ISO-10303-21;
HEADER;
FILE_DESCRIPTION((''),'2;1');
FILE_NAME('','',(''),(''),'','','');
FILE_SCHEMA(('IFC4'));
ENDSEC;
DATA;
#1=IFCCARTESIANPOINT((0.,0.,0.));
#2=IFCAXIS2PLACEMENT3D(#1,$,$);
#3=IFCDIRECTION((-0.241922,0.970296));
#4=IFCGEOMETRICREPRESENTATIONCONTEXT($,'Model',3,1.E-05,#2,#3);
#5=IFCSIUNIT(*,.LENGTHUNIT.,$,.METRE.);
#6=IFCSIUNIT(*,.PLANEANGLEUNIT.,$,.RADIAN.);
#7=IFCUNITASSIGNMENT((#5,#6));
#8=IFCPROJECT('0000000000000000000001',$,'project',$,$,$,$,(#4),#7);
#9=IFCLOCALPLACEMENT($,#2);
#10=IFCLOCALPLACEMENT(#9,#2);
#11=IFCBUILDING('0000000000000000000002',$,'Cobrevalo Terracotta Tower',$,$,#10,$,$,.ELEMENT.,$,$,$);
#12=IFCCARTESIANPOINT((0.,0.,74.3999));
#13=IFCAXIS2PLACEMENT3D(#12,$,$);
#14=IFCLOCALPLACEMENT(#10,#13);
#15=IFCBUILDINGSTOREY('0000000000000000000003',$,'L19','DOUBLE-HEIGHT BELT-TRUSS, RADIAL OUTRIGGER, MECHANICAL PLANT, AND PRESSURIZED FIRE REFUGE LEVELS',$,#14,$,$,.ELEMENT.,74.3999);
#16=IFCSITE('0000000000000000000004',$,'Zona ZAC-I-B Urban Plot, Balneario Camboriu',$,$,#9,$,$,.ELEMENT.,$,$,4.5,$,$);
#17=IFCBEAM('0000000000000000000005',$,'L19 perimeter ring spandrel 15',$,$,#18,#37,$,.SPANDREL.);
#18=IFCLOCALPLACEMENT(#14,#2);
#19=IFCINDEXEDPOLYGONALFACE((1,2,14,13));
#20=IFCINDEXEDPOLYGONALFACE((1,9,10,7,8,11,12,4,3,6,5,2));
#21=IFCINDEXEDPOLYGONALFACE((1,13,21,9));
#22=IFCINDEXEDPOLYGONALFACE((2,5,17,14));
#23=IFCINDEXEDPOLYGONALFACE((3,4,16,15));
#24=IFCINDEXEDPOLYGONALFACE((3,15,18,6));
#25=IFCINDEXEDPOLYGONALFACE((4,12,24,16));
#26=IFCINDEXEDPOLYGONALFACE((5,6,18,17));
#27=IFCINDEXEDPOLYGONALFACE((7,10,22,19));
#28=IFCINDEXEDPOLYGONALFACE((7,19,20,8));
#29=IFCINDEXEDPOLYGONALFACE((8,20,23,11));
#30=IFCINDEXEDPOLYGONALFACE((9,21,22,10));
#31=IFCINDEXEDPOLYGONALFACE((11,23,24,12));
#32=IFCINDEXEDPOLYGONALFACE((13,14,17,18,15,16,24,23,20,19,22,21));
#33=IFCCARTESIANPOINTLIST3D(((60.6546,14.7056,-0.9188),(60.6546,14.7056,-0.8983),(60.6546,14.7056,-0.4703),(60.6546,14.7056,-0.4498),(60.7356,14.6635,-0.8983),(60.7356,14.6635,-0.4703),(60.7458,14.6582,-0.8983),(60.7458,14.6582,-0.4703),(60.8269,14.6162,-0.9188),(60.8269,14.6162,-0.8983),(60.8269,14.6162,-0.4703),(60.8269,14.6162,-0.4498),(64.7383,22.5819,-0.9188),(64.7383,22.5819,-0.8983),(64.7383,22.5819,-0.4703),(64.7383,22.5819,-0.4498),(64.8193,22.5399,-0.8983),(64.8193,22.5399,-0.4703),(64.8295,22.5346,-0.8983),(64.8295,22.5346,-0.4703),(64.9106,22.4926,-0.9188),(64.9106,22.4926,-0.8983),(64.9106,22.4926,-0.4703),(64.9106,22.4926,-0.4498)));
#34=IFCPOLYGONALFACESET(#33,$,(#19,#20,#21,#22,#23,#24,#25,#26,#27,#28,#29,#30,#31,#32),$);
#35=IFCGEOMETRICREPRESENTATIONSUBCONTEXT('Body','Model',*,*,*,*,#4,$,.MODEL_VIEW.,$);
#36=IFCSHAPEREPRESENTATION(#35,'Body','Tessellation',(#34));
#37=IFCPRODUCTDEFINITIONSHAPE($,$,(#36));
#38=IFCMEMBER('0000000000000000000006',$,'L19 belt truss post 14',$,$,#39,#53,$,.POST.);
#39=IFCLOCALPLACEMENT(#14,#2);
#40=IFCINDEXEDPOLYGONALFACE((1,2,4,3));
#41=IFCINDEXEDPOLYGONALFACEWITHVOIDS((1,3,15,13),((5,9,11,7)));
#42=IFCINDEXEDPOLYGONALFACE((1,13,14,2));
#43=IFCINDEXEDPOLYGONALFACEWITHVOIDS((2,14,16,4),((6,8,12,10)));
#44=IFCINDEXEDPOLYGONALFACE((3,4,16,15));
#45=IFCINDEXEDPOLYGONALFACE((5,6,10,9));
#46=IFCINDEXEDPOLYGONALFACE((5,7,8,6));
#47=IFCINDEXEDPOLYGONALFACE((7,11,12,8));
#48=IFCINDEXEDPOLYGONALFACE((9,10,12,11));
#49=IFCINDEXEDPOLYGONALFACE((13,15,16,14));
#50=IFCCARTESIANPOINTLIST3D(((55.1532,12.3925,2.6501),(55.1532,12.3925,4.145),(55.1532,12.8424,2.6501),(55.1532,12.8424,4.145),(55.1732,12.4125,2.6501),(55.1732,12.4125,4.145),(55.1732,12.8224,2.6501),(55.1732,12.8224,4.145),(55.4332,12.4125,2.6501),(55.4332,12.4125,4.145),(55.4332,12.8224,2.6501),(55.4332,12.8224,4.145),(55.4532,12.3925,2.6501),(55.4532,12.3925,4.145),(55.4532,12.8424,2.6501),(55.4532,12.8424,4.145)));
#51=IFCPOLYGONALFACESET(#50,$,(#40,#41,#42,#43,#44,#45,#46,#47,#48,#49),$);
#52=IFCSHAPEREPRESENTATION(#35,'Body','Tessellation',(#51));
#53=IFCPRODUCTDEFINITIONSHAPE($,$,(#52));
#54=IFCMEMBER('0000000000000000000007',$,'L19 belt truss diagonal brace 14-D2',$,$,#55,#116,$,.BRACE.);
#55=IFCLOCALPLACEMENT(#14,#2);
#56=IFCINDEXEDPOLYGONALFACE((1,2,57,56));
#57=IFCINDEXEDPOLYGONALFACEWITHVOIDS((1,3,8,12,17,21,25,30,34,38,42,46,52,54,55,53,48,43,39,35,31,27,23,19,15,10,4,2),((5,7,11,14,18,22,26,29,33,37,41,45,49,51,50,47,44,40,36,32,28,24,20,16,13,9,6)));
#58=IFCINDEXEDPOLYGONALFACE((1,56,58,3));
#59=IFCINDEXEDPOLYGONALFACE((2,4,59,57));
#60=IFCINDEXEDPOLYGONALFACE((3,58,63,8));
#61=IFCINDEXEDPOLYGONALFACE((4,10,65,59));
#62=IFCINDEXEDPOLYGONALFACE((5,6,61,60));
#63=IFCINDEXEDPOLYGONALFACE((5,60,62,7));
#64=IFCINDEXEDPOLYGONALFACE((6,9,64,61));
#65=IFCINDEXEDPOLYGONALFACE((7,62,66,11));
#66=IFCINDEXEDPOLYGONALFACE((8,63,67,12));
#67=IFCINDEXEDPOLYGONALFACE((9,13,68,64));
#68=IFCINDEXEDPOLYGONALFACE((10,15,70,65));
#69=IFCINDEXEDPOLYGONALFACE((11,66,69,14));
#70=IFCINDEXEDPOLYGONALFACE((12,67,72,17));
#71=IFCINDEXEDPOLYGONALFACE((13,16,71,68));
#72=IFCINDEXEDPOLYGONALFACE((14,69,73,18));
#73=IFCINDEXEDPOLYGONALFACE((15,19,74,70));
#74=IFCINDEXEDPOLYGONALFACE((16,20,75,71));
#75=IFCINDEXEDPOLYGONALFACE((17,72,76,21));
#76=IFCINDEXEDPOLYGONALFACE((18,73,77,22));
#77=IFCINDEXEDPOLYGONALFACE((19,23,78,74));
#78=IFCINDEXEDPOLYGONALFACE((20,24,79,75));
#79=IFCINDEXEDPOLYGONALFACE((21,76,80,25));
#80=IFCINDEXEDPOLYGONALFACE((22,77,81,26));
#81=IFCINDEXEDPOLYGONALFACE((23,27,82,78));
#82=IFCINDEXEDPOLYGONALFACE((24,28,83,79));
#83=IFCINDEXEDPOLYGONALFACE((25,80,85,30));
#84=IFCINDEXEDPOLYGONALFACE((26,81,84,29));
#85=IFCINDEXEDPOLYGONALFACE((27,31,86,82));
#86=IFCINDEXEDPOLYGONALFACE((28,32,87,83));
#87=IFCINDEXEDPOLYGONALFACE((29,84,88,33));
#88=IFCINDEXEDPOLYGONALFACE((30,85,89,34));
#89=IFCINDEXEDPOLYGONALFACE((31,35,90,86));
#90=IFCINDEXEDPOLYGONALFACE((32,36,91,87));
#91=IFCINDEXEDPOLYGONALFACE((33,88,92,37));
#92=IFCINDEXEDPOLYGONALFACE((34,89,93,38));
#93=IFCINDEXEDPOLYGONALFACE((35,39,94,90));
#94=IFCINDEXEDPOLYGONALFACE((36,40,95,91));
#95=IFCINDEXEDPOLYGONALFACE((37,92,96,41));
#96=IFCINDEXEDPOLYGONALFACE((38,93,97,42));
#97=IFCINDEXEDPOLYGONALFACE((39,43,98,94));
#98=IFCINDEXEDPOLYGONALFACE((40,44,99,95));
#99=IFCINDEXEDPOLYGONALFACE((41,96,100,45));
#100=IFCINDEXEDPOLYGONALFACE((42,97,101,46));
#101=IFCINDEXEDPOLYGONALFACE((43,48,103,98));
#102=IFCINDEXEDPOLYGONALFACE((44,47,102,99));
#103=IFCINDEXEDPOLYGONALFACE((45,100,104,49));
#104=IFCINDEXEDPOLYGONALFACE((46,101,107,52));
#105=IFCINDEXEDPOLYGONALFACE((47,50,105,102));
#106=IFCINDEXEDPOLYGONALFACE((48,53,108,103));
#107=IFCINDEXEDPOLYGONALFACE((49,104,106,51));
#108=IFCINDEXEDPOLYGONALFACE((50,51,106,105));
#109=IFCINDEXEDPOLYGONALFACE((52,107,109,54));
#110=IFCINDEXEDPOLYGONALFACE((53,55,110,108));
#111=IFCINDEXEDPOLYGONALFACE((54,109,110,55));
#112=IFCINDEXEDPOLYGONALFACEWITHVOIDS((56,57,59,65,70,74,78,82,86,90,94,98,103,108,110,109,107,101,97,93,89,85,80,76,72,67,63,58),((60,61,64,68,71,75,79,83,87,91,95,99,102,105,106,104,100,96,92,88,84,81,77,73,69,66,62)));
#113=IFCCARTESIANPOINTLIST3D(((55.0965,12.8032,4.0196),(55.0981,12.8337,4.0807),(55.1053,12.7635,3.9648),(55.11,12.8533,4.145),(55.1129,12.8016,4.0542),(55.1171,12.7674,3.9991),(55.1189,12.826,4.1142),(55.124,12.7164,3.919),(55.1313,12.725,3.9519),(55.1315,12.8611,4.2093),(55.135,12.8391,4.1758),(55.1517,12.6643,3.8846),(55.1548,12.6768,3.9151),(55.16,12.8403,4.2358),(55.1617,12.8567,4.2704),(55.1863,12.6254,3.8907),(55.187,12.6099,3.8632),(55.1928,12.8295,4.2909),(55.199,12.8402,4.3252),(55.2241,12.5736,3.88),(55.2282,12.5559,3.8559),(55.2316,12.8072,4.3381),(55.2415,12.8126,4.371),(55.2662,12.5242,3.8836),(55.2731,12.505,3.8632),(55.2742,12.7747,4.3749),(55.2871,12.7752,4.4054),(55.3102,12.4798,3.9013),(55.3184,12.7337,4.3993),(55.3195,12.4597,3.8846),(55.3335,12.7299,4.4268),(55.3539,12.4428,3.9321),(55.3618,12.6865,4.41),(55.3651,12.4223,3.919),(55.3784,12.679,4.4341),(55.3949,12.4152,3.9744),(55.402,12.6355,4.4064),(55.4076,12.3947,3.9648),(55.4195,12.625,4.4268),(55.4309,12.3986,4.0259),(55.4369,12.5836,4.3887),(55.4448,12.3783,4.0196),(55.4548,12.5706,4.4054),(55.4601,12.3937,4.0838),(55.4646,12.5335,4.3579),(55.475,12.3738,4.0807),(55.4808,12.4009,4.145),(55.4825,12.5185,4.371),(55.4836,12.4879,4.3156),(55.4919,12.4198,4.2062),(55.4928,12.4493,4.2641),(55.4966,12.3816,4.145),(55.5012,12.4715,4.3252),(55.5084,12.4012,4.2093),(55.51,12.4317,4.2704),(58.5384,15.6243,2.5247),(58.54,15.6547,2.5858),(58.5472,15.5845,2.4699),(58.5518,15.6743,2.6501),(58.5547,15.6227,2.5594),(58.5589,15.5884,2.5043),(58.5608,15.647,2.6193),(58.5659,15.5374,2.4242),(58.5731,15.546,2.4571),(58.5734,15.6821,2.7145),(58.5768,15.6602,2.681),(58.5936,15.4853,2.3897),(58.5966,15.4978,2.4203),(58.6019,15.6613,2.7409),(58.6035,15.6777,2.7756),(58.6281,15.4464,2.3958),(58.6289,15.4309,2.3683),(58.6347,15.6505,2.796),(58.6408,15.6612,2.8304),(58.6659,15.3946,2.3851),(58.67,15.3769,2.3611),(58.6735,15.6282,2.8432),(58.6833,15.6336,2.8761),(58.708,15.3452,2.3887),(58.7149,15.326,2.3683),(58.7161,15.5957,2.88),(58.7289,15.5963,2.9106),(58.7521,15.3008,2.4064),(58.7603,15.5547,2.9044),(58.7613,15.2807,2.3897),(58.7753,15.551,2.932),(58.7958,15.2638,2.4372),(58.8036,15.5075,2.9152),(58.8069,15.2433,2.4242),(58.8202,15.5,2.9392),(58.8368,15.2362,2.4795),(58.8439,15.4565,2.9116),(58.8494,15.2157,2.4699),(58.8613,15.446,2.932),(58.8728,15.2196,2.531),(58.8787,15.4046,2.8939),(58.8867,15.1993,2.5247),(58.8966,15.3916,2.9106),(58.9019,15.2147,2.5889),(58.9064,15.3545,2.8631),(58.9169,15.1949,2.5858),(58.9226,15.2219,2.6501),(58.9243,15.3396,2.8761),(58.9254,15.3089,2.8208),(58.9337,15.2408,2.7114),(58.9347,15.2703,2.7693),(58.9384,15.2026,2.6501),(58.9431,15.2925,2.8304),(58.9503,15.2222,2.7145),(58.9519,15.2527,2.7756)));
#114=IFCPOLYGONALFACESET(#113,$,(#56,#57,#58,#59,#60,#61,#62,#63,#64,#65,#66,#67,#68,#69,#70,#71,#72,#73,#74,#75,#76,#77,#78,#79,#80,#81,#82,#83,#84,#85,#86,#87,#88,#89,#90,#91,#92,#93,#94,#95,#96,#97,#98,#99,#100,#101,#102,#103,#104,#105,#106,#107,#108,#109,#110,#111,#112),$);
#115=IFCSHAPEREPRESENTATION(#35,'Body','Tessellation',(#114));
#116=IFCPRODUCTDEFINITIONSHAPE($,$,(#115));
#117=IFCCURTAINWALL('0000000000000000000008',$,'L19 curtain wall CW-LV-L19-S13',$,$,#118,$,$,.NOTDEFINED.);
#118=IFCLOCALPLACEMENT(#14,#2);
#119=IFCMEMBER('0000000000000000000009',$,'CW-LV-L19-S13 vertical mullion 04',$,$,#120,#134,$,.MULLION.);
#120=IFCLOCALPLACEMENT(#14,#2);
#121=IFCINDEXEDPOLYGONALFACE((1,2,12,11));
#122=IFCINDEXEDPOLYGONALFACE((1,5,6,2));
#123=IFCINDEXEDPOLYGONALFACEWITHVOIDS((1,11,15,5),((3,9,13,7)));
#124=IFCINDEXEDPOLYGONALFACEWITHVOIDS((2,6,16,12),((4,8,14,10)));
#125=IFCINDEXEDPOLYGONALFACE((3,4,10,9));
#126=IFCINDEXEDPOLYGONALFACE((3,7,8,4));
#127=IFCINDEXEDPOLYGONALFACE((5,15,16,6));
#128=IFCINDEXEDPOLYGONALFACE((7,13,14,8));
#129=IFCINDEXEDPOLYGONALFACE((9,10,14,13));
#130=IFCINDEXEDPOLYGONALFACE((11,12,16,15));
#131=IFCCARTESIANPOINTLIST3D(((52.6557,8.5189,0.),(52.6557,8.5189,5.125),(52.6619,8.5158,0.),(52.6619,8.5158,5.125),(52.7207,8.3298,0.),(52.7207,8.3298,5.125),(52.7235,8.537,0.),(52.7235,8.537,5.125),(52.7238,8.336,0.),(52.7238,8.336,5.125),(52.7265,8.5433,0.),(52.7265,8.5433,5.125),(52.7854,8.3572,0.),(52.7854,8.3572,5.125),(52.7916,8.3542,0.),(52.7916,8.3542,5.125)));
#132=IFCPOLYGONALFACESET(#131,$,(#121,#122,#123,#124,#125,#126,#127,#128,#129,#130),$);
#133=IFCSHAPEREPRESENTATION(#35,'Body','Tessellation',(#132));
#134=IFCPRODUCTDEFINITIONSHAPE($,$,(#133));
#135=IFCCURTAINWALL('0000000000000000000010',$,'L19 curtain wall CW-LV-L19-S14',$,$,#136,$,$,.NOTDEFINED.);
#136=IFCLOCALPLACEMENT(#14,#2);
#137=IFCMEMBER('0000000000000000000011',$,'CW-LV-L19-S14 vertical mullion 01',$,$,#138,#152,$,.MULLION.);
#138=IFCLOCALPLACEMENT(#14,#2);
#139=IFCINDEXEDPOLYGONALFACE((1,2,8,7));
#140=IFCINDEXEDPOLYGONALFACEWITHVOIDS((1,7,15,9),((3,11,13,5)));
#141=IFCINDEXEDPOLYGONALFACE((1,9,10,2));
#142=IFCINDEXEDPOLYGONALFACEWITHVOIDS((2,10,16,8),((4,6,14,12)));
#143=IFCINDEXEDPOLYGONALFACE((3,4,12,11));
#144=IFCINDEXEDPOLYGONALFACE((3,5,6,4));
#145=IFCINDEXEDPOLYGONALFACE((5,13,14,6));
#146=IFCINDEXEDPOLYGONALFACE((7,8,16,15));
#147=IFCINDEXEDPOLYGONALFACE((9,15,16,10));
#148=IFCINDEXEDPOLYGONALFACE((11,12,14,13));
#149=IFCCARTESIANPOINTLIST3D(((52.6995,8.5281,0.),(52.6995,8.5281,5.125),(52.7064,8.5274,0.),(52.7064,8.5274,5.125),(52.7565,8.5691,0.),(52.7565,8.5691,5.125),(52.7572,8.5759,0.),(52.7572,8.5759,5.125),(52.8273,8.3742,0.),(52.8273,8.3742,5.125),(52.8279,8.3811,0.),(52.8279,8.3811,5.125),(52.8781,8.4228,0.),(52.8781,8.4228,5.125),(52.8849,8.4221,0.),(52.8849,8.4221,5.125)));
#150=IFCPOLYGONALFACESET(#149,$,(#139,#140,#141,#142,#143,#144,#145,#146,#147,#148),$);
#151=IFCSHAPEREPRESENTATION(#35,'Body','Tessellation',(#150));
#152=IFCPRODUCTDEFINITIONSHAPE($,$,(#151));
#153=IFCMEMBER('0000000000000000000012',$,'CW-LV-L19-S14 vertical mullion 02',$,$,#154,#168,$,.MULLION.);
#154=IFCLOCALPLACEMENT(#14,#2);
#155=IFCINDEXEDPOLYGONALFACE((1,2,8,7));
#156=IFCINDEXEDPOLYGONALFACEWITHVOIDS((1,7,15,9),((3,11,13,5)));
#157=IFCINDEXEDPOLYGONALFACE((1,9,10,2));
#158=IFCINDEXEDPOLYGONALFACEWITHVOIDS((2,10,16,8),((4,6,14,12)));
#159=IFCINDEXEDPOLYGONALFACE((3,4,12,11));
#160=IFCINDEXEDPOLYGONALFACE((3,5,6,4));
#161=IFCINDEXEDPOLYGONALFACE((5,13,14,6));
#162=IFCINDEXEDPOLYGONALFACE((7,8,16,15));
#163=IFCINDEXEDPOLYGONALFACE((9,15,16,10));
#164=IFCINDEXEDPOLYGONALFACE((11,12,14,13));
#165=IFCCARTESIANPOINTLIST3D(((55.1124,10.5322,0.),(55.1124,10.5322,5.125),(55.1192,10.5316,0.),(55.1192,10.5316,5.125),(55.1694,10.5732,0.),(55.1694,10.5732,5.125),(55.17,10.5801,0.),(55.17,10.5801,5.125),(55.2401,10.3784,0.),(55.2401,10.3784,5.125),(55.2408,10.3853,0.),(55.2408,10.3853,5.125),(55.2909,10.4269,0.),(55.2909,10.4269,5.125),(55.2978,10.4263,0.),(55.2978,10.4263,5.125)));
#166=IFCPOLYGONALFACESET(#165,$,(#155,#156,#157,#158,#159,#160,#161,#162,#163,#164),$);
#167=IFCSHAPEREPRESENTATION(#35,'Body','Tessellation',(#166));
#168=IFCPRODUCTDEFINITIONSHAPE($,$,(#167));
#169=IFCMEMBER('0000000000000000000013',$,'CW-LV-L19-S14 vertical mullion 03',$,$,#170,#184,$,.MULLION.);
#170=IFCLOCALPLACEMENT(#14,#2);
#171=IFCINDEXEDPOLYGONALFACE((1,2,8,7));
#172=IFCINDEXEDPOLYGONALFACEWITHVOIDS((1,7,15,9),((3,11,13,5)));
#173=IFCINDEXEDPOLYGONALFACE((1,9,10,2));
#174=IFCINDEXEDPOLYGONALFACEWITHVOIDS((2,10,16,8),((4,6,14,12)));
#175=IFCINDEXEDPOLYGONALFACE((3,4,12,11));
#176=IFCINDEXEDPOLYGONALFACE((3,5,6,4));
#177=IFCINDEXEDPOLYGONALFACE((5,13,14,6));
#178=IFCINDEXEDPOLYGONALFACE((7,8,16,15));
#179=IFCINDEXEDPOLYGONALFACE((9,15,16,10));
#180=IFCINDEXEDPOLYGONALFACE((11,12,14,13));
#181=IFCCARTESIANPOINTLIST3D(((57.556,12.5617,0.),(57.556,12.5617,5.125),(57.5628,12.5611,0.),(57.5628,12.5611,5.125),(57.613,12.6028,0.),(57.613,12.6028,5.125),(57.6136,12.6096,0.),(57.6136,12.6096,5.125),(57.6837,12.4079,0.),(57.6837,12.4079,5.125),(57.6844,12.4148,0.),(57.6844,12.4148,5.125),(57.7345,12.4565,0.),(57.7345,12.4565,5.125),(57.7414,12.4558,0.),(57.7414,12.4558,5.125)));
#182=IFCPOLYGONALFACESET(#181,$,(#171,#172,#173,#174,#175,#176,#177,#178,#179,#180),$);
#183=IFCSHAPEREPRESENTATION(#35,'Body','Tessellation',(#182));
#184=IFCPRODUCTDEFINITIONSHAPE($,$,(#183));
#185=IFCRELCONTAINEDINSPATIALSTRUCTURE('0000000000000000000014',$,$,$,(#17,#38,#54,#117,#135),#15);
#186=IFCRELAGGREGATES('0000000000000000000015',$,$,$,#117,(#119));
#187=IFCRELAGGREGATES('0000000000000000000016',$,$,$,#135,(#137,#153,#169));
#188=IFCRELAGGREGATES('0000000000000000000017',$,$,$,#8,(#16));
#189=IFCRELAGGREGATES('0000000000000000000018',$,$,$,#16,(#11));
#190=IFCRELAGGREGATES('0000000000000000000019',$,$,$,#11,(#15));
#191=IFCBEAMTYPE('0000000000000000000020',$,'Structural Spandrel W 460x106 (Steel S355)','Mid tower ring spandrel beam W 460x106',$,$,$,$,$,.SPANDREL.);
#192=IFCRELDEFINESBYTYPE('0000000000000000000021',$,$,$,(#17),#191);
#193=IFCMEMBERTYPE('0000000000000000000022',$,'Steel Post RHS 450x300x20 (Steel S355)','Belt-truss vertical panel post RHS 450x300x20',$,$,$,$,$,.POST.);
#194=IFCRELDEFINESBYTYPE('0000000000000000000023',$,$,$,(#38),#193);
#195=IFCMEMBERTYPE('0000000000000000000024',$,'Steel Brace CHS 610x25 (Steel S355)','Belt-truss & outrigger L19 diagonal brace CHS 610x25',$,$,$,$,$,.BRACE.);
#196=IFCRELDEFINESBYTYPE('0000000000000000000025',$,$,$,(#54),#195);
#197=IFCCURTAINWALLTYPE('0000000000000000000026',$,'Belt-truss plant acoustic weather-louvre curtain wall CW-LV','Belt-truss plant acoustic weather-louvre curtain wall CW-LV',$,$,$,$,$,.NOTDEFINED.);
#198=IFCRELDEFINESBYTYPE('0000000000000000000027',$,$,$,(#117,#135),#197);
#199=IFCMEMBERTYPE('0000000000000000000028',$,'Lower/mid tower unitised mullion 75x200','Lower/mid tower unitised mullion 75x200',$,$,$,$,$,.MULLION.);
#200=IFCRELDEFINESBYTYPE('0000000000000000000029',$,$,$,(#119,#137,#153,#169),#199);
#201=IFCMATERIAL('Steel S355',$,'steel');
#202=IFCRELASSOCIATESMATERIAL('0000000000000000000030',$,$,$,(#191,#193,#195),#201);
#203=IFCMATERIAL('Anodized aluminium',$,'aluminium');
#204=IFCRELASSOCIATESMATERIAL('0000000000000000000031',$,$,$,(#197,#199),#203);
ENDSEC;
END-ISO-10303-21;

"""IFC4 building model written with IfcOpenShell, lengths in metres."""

from ifc_helpers import new_model, si_unit, direction, frame, origin, origin_2d, place, context, subcontext, project, spatial, hollow_rectangle, hollow_circle, i_section, extrude, source, transform, mapped, material, material_profile, profile_set, type_object, element, aggregate, save


model = new_model("IFC4")

# Units and contexts
model_context = context("Model", 3, precision=1e-05, world=origin(), true_north=direction((-0.241922, 0.970296)))
body_context = subcontext(model_context, "Body", "Model", "MODEL_VIEW")
ifc_project = project(units=[si_unit("LENGTHUNIT", "METRE"), si_unit("PLANEANGLEUNIT", "RADIAN")], contexts=[model_context])

# Site, building, storey
site_placement = place(None, origin())
site = spatial("IfcSite", under=ifc_project, at=site_placement, Name="Zona ZAC-I-B Urban Plot, Balneario Camboriu", CompositionType="ELEMENT", RefElevation=4.5)
building_placement = place(site_placement, origin())
building = spatial("IfcBuilding", under=site, at=building_placement, Name="Cobrevalo Terracotta Tower", CompositionType="ELEMENT")
storey_placement = place(building_placement, frame((0.0, 0.0, 74.3999)))
storey = spatial("IfcBuildingStorey", under=building, at=storey_placement, Name="L19", Description="DOUBLE-HEIGHT BELT-TRUSS, RADIAL OUTRIGGER, MECHANICAL PLANT, AND PRESSURIZED FIRE REFUGE LEVELS", CompositionType="ELEMENT", Elevation=74.3999)

# Shared definitions
ifc_material_1 = material(Name="Steel S355", Category="steel")

# Beam
ifc_material_profile_1 = material_profile(ifc_material_1, i_section(OverallWidth=0.1941, OverallDepth=0.469, WebThickness=0.0115, FlangeThickness=0.0205, at=origin_2d()), Name="W 460x106")
ifc_profile_set_1 = profile_set([ifc_material_profile_1], Name="Steel S355")
beam_type_1 = type_object("IfcBeamType", Name="Structural Spandrel W 460x106 (Steel S355)", Description="Mid tower ring spandrel beam W 460x106", PredefinedType="SPANDREL", material=ifc_profile_set_1)
beam_1_placement = place(storey_placement, frame((60.7407, 14.6609, -0.6843), z_axis=(0.460286, 0.887771, 0.0), x_axis=(-0.887771, 0.460286, 0.0)))
element("IfcBeam", 1, at=beam_1_placement, inside=storey, type_object=beam_type_1, Name="L19 perimeter ring spandrel 15", PredefinedType="SPANDREL", context=body_context, shape_type="SweptSolid", body=[
    extrude(i_section(OverallWidth=0.1941, OverallDepth=0.469, WebThickness=0.0115, FlangeThickness=0.0205, at=origin_2d()), origin(), (0.0, 0.0, 1.0), 8.8721),
])

# Members
ifc_material_profile_2 = material_profile(ifc_material_1, hollow_rectangle(XDim=0.3, YDim=0.45, WallThickness=0.02, at=origin_2d()), Name="RHS 450x300x20")
ifc_profile_set_2 = profile_set([ifc_material_profile_2], Name="Steel S355")
member_type_1 = type_object("IfcMemberType", Name="Steel Post RHS 450x300x20 (Steel S355)", Description="Belt-truss vertical panel post RHS 450x300x20", PredefinedType="POST", material=ifc_profile_set_2)
shared_shape_1 = source(origin(), body_context, "Body", "SweptSolid", [
    extrude(hollow_rectangle(XDim=0.3, YDim=0.45, WallThickness=0.02, at=origin_2d()), origin(), (0.0, 0.0, 1.0), 1.4949),
])
member_1_placement = place(storey_placement, frame((55.3032, 12.6174, 2.6501), z_axis=(0.0, 0.0, 1.0), x_axis=(1.0, 0.0, 0.0)))
element("IfcMember", 2, at=member_1_placement, inside=storey, type_object=member_type_1, Name="L19 belt truss post 14", PredefinedType="POST", context=body_context, shape_type="MappedRepresentation", body=[
    mapped(shared_shape_1, transform((0.0, 0.0, 0.0), scale=1.0)),
])
ifc_material_profile_3 = material_profile(ifc_material_1, hollow_circle(Radius=0.3049, WallThickness=0.0249, at=origin_2d()), Name="CHS 610x25")
ifc_profile_set_3 = profile_set([ifc_material_profile_3], Name="Steel S355")
member_type_2 = type_object("IfcMemberType", Name="Steel Brace CHS 610x25 (Steel S355)", Description="Belt-truss & outrigger L19 diagonal brace CHS 610x25", PredefinedType="BRACE", material=ifc_profile_set_3)
shared_shape_2 = source(origin(), body_context, "Body", "SweptSolid", [
    extrude(hollow_circle(Radius=0.3049, WallThickness=0.0249, at=origin_2d()), origin(), (0.0, 0.0, 1.0), 4.6946),
])
member_2_placement = place(storey_placement, frame((58.7451, 15.4385, 2.6501), z_axis=(-0.733155, -0.600909, 0.318422), x_axis=(0.633904, -0.773412, 0.0)))
element("IfcMember", 3, at=member_2_placement, inside=storey, type_object=member_type_2, Name="L19 belt truss diagonal brace 14-D2", PredefinedType="BRACE", context=body_context, shape_type="MappedRepresentation", body=[
    mapped(shared_shape_2, transform((0.0, 0.0, 0.0), scale=1.0)),
])

# Curtain wall, member
ifc_material_2 = material(Name="Anodized aluminium", Category="aluminium")
curtain_wall_type = type_object("IfcCurtainWallType", Name="Belt-truss plant acoustic weather-louvre curtain wall CW-LV", Description="Belt-truss plant acoustic weather-louvre curtain wall CW-LV", PredefinedType="NOTDEFINED", material=ifc_material_2)
curtain_wall_1_placement = place(storey_placement, origin())
curtain_wall_1 = element("IfcCurtainWall", 4, at=curtain_wall_1_placement, inside=storey, type_object=curtain_wall_type, Name="L19 curtain wall CW-LV-L19-S13", PredefinedType="NOTDEFINED")
ifc_material_profile_4 = material_profile(ifc_material_2, hollow_rectangle(XDim=0.075, YDim=0.2, WallThickness=0.0049, at=origin_2d()), Name="CWM 75x200")
ifc_profile_set_4 = profile_set([ifc_material_profile_4], Name="Anodized aluminium")
member_type_3 = type_object("IfcMemberType", Name="Lower/mid tower unitised mullion 75x200", Description="Lower/mid tower unitised mullion 75x200", PredefinedType="MULLION", material=ifc_profile_set_4)
shared_shape_3 = source(origin(), body_context, "Body", "SweptSolid", [
    extrude(hollow_rectangle(XDim=0.075, YDim=0.2, WallThickness=0.0049, at=origin_2d()), origin(), (0.0, 0.0, 1.0), 5.125),
])
member_3_placement = place(storey_placement, frame((52.7236, 8.4365, 0.0), z_axis=(0.0, 0.0, 1.0), x_axis=(0.945598, 0.325337, 0.0)))
member_3 = element("IfcMember", 5, at=member_3_placement, type_object=member_type_3, Name="CW-LV-L19-S13 vertical mullion 04", PredefinedType="MULLION", context=body_context, shape_type="MappedRepresentation", body=[
    mapped(shared_shape_3, transform((0.0, 0.0, 0.0), scale=1.0)),
])
aggregate(curtain_wall_1, [member_3])

# Curtain wall, members
curtain_wall_2_placement = place(storey_placement, origin())
curtain_wall_2 = element("IfcCurtainWall", 6, at=curtain_wall_2_placement, inside=storey, type_object=curtain_wall_type, Name="L19 curtain wall CW-LV-L19-S14", PredefinedType="NOTDEFINED")
member_4_placement = place(storey_placement, frame((52.7922, 8.4751, 0.0), z_axis=(0.0, 0.0, 1.0), x_axis=(0.769243, 0.638956, 0.0)))
member_4 = element("IfcMember", 7, at=member_4_placement, type_object=member_type_3, Name="CW-LV-L19-S14 vertical mullion 01", PredefinedType="MULLION", context=body_context, shape_type="MappedRepresentation", body=[
    mapped(shared_shape_3, transform((0.0, 0.0, 0.0), scale=1.0)),
])
member_5_placement = place(storey_placement, frame((55.2051, 10.4792, 0.0), z_axis=(0.0, 0.0, 1.0), x_axis=(0.769243, 0.638956, 0.0)))
member_5 = element("IfcMember", 8, at=member_5_placement, type_object=member_type_3, Name="CW-LV-L19-S14 vertical mullion 02", PredefinedType="MULLION", context=body_context, shape_type="MappedRepresentation", body=[
    mapped(shared_shape_3, transform((0.0, 0.0, 0.0), scale=1.0)),
])
member_6_placement = place(storey_placement, frame((57.6487, 12.5088, 0.0), z_axis=(0.0, 0.0, 1.0), x_axis=(0.769243, 0.638956, 0.0)))
member_6 = element("IfcMember", 9, at=member_6_placement, type_object=member_type_3, Name="CW-LV-L19-S14 vertical mullion 03", PredefinedType="MULLION", context=body_context, shape_type="MappedRepresentation", body=[
    mapped(shared_shape_3, transform((0.0, 0.0, 0.0), scale=1.0)),
])

aggregate(curtain_wall_2, [member_4, member_5, member_6])

save(model, "model.ifc")
